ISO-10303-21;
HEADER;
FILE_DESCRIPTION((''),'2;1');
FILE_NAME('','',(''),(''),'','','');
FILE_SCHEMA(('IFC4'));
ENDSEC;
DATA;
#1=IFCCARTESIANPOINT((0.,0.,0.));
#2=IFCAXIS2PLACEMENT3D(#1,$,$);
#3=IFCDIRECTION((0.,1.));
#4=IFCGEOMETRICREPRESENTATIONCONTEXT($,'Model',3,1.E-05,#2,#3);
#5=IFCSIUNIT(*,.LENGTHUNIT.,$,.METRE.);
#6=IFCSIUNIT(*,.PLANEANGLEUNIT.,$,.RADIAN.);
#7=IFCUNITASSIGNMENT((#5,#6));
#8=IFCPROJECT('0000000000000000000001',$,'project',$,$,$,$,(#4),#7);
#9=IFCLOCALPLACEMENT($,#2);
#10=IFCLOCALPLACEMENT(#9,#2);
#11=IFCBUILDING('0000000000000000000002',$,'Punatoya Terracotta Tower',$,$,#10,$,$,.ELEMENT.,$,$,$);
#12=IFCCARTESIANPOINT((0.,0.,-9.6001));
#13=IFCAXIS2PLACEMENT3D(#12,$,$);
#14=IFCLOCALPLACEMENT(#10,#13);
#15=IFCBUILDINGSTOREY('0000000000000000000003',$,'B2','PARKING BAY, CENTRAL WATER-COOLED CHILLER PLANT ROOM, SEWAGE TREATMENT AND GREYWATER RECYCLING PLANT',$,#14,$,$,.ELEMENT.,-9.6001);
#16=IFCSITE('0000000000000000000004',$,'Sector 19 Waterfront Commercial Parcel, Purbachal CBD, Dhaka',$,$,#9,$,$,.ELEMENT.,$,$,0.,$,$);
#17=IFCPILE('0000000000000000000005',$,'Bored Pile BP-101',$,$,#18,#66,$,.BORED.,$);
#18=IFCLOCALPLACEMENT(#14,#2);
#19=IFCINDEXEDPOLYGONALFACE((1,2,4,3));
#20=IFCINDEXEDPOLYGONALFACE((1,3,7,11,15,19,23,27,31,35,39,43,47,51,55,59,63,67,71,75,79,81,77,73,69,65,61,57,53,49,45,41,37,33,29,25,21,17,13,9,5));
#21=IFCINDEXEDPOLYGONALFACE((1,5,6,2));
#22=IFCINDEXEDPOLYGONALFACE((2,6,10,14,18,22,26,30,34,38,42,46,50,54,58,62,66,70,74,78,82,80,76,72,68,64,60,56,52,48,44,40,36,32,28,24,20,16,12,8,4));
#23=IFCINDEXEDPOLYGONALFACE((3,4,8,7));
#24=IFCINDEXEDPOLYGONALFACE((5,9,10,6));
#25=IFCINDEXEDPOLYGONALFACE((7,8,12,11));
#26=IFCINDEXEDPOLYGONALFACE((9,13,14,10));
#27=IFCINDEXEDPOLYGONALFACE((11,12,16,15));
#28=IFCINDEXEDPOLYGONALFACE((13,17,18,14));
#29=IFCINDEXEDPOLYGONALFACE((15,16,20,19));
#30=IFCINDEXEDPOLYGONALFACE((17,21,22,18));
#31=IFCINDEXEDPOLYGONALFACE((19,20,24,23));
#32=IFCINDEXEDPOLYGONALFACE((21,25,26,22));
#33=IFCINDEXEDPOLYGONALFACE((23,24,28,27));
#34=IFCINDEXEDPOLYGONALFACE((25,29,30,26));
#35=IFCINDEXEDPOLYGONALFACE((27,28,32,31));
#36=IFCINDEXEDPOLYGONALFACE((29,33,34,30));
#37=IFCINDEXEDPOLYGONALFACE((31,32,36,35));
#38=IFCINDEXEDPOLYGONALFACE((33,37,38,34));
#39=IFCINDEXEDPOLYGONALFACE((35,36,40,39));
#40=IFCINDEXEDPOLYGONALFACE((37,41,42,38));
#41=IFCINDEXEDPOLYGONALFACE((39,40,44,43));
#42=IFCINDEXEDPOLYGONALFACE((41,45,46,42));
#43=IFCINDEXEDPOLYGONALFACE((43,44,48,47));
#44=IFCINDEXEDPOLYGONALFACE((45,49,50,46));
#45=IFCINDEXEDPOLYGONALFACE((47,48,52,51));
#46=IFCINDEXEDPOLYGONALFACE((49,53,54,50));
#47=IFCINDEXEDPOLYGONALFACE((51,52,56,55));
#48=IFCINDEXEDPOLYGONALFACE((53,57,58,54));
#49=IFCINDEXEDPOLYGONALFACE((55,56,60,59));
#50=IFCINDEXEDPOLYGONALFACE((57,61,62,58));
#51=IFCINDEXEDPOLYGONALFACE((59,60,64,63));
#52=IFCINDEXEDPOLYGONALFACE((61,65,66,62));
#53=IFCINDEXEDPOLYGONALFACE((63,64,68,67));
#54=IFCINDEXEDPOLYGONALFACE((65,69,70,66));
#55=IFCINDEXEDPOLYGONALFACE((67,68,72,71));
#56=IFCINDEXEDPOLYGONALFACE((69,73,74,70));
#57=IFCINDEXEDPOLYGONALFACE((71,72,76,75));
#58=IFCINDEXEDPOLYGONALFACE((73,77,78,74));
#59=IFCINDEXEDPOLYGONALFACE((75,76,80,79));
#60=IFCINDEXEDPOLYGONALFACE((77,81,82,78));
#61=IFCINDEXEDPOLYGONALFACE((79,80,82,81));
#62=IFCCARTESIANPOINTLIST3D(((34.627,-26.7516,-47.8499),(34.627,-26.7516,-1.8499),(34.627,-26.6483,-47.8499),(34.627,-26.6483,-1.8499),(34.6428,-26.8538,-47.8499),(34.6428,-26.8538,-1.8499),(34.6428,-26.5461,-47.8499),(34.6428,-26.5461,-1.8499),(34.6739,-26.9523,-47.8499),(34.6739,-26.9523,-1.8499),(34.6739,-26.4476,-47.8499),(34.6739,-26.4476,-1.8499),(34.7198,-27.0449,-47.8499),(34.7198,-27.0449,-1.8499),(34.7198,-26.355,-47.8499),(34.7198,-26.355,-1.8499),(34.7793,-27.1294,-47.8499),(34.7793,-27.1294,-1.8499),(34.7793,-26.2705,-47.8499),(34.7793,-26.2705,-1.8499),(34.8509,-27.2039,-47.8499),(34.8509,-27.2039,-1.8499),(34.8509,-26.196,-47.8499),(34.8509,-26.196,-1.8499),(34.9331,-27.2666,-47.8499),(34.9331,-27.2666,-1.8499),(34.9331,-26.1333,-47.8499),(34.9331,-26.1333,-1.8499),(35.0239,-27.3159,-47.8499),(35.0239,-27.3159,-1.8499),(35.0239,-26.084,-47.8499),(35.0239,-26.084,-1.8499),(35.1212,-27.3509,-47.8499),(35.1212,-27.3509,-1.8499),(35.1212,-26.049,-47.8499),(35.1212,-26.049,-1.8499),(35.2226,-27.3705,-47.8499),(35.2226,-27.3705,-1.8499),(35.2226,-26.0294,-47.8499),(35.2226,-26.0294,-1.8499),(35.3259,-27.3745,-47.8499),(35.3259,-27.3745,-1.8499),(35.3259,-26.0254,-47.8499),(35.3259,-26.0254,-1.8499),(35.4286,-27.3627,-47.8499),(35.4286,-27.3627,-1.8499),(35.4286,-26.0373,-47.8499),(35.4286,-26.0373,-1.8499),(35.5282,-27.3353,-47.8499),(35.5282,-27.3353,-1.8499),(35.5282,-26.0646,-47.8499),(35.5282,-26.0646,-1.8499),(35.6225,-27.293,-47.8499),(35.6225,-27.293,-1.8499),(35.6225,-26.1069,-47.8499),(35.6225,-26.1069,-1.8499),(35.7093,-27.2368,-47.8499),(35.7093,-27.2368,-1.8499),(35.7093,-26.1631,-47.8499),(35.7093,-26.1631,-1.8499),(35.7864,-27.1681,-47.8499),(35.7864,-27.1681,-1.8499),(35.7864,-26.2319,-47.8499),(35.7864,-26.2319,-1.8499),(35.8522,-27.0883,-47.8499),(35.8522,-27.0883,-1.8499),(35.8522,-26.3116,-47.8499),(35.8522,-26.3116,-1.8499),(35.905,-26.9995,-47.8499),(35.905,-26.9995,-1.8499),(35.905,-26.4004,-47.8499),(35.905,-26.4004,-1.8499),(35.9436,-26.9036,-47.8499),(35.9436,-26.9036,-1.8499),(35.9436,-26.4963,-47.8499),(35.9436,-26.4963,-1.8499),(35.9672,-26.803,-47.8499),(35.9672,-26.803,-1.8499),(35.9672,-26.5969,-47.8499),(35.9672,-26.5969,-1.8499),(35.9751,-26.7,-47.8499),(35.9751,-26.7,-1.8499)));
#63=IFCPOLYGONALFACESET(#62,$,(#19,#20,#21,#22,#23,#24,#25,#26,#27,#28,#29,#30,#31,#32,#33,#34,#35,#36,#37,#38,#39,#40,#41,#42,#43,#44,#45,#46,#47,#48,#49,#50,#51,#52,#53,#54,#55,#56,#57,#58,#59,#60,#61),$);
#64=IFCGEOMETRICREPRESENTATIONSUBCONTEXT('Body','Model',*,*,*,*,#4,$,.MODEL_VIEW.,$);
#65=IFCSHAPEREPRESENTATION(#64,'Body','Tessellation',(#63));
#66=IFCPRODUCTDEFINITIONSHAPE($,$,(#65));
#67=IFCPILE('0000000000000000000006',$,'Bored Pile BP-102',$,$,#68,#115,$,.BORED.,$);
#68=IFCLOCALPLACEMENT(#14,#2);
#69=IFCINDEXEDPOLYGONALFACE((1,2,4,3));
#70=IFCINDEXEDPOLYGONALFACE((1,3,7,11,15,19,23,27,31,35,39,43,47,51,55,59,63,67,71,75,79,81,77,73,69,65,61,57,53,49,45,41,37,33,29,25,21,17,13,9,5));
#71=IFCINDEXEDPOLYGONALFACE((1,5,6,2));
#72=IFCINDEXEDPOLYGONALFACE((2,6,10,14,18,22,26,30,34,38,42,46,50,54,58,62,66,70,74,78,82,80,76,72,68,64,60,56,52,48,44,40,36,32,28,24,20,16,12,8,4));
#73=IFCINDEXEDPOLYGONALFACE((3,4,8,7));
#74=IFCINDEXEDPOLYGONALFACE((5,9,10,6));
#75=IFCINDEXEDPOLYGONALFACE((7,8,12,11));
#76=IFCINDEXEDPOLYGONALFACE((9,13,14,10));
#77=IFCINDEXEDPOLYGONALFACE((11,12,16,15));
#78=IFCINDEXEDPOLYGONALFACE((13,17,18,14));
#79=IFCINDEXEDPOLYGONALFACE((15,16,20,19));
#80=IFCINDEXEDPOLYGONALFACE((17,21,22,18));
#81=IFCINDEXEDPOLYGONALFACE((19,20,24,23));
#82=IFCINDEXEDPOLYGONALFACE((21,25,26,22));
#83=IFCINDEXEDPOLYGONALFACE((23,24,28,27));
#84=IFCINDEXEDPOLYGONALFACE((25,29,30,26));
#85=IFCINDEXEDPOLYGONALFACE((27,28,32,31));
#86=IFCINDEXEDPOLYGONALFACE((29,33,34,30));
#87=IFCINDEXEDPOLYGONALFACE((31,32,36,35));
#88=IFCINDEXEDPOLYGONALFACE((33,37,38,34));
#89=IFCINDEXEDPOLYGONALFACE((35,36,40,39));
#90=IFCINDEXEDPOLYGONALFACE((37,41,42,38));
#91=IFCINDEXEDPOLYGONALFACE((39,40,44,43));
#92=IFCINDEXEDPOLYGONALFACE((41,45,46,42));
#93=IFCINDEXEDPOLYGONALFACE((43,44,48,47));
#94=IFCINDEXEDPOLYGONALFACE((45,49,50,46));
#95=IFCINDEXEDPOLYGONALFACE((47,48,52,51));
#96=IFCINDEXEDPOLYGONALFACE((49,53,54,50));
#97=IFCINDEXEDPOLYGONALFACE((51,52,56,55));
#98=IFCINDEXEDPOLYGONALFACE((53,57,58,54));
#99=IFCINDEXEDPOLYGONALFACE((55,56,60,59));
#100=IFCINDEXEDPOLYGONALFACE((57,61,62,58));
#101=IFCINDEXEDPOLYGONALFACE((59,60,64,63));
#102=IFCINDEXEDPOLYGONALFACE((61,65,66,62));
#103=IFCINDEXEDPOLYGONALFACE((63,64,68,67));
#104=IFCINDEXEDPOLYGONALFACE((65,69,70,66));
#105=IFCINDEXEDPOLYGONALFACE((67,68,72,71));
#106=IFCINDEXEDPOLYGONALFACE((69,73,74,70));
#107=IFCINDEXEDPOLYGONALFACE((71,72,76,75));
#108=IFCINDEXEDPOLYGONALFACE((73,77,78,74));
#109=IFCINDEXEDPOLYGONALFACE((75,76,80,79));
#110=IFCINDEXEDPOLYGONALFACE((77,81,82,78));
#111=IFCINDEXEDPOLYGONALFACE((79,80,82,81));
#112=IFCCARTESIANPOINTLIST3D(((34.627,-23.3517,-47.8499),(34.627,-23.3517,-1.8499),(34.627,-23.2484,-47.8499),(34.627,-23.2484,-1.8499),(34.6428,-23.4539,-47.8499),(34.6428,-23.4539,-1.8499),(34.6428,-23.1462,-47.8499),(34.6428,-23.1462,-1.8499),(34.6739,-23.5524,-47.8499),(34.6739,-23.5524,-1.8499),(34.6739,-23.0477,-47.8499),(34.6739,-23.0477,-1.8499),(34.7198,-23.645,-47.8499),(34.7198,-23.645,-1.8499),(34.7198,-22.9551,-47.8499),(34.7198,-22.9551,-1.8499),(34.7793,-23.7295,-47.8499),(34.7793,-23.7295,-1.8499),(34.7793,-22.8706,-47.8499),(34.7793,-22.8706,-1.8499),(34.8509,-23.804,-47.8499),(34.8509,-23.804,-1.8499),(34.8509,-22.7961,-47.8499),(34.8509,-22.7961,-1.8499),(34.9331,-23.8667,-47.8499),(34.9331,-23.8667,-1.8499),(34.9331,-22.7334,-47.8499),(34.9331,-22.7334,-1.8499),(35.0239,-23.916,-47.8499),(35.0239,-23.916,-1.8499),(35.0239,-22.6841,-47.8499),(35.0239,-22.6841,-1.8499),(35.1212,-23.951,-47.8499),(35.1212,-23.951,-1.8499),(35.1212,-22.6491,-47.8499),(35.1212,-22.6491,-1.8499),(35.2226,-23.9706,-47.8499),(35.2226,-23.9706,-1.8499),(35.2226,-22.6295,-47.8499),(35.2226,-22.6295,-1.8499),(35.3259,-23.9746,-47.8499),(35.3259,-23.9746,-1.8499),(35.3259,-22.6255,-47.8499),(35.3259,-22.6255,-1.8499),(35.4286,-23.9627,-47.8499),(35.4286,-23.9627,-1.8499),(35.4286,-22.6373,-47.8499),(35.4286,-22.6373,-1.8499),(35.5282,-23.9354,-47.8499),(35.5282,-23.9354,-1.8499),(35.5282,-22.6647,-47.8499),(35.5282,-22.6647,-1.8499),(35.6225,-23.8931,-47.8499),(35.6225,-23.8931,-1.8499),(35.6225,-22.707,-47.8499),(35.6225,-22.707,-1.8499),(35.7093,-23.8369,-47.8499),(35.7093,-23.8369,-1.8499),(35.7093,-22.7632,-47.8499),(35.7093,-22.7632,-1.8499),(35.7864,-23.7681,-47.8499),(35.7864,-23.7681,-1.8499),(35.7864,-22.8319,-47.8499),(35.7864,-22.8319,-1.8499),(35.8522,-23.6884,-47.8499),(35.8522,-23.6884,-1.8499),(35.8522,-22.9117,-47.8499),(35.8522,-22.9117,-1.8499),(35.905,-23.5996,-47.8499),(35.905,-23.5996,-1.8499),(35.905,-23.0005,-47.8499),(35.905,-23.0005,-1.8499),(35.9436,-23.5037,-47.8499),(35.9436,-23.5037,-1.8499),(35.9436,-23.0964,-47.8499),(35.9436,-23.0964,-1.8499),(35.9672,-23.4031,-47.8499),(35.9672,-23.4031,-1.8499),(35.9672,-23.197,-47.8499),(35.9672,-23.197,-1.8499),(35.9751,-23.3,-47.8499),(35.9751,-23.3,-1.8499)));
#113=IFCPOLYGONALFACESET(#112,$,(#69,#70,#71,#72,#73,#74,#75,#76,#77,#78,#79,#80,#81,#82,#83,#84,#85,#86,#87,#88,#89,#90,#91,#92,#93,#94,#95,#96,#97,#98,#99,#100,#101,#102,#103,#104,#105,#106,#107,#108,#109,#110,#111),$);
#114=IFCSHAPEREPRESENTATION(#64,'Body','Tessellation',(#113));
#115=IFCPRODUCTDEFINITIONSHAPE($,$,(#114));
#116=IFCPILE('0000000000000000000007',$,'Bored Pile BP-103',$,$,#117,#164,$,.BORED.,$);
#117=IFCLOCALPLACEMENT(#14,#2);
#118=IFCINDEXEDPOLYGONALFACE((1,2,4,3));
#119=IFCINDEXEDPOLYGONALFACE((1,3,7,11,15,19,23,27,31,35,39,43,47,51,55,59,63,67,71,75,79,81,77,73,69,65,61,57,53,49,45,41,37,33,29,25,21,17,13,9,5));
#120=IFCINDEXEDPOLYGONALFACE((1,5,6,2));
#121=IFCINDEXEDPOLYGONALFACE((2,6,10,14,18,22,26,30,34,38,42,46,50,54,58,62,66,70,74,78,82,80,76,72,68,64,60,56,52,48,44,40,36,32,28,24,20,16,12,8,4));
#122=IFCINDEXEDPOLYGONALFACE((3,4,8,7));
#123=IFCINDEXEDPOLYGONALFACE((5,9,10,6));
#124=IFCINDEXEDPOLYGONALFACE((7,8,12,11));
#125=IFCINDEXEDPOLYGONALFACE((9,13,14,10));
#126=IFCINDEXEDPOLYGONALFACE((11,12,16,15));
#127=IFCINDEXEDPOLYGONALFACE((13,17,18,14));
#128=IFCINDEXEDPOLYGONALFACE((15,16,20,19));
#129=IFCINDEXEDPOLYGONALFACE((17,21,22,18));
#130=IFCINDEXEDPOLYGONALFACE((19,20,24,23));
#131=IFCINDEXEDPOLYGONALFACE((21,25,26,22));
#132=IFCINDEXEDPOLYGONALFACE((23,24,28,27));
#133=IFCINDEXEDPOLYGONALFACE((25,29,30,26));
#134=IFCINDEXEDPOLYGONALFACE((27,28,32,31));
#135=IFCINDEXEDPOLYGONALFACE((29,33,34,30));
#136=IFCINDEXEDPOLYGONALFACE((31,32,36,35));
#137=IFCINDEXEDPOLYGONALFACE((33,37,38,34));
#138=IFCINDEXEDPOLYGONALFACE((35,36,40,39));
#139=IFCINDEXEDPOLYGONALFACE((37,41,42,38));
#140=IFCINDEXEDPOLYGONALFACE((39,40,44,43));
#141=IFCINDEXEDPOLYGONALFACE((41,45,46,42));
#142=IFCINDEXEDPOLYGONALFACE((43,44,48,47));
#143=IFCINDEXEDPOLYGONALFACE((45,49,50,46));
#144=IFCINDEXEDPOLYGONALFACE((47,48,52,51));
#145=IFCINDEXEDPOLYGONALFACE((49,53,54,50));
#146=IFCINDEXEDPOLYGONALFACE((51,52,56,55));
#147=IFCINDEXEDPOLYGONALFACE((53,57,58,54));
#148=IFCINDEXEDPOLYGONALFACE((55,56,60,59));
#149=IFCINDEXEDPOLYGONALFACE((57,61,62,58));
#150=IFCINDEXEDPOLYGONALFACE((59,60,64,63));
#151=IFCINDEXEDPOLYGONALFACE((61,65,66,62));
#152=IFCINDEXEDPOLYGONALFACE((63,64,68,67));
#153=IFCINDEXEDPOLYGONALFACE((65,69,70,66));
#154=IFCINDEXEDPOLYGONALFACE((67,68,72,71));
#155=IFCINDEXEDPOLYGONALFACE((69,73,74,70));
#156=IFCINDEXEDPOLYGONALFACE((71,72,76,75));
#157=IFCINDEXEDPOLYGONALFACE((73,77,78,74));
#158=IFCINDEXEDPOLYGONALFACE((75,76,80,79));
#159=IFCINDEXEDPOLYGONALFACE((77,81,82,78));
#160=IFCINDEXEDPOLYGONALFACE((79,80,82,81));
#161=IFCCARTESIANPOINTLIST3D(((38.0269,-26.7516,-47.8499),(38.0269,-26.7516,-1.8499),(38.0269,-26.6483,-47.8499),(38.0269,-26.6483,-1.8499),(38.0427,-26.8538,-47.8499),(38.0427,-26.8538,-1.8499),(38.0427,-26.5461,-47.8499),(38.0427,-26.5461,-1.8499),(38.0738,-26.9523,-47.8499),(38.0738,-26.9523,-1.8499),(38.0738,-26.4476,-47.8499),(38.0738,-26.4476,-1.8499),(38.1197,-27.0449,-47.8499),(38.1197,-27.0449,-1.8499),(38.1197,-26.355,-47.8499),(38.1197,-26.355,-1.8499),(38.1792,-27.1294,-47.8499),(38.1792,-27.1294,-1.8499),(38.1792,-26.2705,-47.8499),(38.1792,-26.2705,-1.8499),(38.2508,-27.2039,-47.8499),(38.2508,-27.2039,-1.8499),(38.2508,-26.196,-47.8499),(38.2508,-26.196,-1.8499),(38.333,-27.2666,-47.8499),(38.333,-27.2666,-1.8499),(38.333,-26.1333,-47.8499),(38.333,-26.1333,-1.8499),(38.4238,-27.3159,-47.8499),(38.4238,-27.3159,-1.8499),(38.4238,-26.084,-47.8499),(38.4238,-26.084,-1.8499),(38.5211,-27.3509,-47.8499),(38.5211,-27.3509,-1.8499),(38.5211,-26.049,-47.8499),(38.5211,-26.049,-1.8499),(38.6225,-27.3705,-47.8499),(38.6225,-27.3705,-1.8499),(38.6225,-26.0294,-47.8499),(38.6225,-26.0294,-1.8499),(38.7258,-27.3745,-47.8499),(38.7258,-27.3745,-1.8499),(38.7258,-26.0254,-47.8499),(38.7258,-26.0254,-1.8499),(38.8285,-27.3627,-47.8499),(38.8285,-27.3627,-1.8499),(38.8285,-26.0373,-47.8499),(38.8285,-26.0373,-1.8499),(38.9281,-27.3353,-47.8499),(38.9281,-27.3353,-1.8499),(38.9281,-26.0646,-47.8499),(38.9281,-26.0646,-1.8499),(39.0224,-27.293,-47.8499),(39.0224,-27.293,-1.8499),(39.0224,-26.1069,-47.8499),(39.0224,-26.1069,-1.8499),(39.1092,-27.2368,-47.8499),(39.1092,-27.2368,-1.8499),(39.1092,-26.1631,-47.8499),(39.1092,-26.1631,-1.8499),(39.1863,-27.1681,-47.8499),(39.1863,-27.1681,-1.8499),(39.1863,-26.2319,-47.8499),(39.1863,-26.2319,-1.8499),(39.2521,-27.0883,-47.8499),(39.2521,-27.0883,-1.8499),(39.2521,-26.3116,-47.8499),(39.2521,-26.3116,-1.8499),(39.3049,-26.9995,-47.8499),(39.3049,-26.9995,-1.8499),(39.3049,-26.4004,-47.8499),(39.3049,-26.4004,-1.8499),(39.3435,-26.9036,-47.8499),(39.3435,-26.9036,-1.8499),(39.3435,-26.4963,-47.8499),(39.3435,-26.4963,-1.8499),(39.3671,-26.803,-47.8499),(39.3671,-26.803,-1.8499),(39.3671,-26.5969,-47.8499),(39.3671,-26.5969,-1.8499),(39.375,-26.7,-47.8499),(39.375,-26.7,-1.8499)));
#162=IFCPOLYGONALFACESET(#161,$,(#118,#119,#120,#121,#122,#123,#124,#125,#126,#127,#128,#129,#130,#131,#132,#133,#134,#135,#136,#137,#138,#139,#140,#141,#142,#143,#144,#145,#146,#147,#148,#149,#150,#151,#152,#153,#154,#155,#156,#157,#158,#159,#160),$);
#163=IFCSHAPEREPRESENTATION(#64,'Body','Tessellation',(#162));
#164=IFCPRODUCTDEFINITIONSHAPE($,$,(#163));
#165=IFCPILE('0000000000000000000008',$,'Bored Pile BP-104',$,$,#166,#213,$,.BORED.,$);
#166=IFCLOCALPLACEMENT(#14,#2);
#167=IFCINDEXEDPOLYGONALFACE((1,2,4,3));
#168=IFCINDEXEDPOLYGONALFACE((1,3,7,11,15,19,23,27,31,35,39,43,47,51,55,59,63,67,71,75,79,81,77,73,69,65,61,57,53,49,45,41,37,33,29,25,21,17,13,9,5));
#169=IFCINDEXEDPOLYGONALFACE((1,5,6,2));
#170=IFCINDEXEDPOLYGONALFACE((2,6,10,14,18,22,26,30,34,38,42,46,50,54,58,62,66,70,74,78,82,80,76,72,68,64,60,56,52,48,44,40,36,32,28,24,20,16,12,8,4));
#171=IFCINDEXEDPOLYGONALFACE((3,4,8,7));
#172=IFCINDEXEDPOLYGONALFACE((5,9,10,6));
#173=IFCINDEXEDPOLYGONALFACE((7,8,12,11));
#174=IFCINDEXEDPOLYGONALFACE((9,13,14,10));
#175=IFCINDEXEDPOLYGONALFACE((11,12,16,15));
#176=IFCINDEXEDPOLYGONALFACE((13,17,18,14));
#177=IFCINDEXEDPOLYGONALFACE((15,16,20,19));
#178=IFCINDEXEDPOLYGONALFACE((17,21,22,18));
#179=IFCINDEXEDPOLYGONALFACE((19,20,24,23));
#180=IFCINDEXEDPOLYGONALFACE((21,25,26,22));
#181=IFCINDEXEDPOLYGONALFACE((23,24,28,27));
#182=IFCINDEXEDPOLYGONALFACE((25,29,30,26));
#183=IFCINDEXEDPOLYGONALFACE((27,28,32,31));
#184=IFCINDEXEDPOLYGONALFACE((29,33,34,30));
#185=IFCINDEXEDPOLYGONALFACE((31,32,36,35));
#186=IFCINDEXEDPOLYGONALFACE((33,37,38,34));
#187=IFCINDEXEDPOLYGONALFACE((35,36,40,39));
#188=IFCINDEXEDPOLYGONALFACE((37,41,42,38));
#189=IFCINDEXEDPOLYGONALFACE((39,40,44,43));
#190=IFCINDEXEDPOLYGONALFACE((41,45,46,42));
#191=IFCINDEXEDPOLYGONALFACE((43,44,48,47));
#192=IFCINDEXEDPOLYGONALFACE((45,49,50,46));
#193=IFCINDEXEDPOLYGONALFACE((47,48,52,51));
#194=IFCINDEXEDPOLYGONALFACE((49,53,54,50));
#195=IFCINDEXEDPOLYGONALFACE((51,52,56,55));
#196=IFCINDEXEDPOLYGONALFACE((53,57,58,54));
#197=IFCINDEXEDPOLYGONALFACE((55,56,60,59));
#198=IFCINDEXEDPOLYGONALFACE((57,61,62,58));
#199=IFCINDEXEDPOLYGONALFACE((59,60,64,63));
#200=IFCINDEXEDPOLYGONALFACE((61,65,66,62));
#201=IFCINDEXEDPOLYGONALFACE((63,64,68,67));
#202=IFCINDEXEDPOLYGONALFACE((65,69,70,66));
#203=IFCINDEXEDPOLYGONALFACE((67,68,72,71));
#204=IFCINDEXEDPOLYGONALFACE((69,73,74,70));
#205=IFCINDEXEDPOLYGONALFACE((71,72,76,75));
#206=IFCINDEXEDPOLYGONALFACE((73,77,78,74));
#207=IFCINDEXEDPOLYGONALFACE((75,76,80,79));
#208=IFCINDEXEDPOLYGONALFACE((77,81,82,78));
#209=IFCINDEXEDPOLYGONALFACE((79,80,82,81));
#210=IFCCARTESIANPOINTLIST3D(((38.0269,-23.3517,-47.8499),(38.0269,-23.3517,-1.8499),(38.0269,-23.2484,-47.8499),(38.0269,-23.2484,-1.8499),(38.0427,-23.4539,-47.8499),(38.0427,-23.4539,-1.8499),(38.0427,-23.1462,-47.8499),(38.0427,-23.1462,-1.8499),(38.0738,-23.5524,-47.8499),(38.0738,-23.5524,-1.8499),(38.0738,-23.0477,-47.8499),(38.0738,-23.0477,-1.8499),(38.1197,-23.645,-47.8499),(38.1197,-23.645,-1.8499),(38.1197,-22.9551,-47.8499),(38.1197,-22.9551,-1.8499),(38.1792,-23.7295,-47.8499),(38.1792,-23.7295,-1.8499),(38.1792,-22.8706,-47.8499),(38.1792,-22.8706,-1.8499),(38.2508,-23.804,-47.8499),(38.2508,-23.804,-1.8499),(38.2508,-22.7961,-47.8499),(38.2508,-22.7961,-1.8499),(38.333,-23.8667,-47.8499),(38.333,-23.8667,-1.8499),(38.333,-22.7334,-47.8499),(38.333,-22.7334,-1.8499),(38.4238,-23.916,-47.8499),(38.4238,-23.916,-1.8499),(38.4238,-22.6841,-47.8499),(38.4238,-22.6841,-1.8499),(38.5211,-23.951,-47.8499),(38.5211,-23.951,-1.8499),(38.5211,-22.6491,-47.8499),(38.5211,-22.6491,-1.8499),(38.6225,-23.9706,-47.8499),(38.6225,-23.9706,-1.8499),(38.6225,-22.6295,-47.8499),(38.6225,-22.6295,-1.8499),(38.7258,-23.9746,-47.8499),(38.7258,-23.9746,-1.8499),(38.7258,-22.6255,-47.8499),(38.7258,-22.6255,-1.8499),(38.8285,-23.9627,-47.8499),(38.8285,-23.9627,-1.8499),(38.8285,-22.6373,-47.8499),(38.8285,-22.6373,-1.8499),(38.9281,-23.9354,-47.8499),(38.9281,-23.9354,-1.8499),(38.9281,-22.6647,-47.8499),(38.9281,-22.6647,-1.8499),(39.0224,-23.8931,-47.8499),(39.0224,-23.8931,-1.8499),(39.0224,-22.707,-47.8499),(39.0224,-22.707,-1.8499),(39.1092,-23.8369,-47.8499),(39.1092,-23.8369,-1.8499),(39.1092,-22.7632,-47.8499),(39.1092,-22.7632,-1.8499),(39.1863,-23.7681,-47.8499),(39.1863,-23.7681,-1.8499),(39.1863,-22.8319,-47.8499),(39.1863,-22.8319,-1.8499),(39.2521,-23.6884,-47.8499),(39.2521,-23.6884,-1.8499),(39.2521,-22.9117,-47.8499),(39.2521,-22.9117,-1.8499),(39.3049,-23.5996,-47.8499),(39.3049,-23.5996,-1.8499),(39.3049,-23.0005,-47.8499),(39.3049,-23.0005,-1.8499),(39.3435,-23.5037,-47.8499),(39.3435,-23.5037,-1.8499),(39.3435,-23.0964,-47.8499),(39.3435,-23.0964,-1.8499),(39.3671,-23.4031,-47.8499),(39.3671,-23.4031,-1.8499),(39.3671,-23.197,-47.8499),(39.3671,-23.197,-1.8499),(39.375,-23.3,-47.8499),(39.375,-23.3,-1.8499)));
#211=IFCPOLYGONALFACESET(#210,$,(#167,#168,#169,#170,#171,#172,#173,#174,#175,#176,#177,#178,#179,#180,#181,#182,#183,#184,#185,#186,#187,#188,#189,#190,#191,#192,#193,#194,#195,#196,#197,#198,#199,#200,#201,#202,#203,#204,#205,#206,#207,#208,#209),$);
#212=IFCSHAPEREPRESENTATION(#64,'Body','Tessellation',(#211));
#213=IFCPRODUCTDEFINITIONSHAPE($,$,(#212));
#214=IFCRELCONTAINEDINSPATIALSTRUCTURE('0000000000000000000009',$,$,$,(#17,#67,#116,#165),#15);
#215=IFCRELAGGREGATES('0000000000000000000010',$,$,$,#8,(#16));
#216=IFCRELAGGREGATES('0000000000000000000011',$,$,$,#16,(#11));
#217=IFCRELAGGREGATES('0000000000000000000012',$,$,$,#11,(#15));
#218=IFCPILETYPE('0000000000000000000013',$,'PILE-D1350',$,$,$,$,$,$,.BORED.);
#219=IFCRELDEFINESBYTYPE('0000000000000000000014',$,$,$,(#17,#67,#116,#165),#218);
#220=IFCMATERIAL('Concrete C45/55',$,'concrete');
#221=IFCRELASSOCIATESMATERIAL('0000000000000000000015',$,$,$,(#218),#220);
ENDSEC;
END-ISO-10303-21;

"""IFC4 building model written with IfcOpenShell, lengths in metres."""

from ifc_helpers import new_model, si_unit, direction, frame, origin, origin_2d, place, context, subcontext, project, spatial, circle, extrude, material, material_profile, profile_set, type_object, element, save


model = new_model("IFC4")

# Units and contexts
model_context = context("Model", 3, precision=1e-05, world=origin(), true_north=direction((0.0, 1.0)))
body_context = subcontext(model_context, "Body", "Model", "MODEL_VIEW")
ifc_project = project(units=[si_unit("LENGTHUNIT", "METRE"), si_unit("PLANEANGLEUNIT", "RADIAN")], contexts=[model_context])

# Site, building, storey
site_placement = place(None, origin())
site = spatial("IfcSite", under=ifc_project, at=site_placement, Name="Sector 19 Waterfront Commercial Parcel, Purbachal CBD, Dhaka", CompositionType="ELEMENT", RefElevation=0.0)
building_placement = place(site_placement, origin())
building = spatial("IfcBuilding", under=site, at=building_placement, Name="Punatoya Terracotta Tower", CompositionType="ELEMENT")
storey_placement = place(building_placement, frame((0.0, 0.0, -9.6001)))
storey = spatial("IfcBuildingStorey", under=building, at=storey_placement, Name="B2", Description="PARKING BAY, CENTRAL WATER-COOLED CHILLER PLANT ROOM, SEWAGE TREATMENT AND GREYWATER RECYCLING PLANT", CompositionType="ELEMENT", Elevation=-9.6001)

# Shared definitions
ifc_material_1 = material(Name="Concrete C45/55", Category="concrete")

# Piles
ifc_material_profile_1 = material_profile(ifc_material_1, circle(Radius=0.675, at=origin_2d()))
ifc_profile_set_1 = profile_set([ifc_material_profile_1], Name="Concrete C45/55")
pile_type_1 = type_object("IfcPileType", Name="PILE-D1350", PredefinedType="BORED", material=ifc_profile_set_1)
for number, where, z_axis, x_axis, name in (
    (1, (35.3, -26.7, -1.8499), (0.0, 0.0, -1.0), (1.0, 0.0, 0.0), "Bored Pile BP-101"),
    (2, (35.3, -23.3, -1.8499), (0.0, 0.0, -1.0), (1.0, 0.0, 0.0), "Bored Pile BP-102"),
    (3, (38.7, -26.7, -1.8499), (0.0, 0.0, -1.0), (1.0, 0.0, 0.0), "Bored Pile BP-103"),
    (4, (38.7, -23.3, -1.8499), (0.0, 0.0, -1.0), (1.0, 0.0, 0.0), "Bored Pile BP-104"),
):
    element("IfcPile", number, at=place(storey_placement, frame(where, z_axis=z_axis, x_axis=x_axis)), inside=storey, type_object=pile_type_1, Name=name, PredefinedType="BORED", context=body_context, shape_type="SweptSolid", body=[
        extrude(circle(Radius=0.675, at=origin_2d()), origin(), (0.0, 0.0, 1.0), 46.0),
    ])

save(model, "model.ifc")
